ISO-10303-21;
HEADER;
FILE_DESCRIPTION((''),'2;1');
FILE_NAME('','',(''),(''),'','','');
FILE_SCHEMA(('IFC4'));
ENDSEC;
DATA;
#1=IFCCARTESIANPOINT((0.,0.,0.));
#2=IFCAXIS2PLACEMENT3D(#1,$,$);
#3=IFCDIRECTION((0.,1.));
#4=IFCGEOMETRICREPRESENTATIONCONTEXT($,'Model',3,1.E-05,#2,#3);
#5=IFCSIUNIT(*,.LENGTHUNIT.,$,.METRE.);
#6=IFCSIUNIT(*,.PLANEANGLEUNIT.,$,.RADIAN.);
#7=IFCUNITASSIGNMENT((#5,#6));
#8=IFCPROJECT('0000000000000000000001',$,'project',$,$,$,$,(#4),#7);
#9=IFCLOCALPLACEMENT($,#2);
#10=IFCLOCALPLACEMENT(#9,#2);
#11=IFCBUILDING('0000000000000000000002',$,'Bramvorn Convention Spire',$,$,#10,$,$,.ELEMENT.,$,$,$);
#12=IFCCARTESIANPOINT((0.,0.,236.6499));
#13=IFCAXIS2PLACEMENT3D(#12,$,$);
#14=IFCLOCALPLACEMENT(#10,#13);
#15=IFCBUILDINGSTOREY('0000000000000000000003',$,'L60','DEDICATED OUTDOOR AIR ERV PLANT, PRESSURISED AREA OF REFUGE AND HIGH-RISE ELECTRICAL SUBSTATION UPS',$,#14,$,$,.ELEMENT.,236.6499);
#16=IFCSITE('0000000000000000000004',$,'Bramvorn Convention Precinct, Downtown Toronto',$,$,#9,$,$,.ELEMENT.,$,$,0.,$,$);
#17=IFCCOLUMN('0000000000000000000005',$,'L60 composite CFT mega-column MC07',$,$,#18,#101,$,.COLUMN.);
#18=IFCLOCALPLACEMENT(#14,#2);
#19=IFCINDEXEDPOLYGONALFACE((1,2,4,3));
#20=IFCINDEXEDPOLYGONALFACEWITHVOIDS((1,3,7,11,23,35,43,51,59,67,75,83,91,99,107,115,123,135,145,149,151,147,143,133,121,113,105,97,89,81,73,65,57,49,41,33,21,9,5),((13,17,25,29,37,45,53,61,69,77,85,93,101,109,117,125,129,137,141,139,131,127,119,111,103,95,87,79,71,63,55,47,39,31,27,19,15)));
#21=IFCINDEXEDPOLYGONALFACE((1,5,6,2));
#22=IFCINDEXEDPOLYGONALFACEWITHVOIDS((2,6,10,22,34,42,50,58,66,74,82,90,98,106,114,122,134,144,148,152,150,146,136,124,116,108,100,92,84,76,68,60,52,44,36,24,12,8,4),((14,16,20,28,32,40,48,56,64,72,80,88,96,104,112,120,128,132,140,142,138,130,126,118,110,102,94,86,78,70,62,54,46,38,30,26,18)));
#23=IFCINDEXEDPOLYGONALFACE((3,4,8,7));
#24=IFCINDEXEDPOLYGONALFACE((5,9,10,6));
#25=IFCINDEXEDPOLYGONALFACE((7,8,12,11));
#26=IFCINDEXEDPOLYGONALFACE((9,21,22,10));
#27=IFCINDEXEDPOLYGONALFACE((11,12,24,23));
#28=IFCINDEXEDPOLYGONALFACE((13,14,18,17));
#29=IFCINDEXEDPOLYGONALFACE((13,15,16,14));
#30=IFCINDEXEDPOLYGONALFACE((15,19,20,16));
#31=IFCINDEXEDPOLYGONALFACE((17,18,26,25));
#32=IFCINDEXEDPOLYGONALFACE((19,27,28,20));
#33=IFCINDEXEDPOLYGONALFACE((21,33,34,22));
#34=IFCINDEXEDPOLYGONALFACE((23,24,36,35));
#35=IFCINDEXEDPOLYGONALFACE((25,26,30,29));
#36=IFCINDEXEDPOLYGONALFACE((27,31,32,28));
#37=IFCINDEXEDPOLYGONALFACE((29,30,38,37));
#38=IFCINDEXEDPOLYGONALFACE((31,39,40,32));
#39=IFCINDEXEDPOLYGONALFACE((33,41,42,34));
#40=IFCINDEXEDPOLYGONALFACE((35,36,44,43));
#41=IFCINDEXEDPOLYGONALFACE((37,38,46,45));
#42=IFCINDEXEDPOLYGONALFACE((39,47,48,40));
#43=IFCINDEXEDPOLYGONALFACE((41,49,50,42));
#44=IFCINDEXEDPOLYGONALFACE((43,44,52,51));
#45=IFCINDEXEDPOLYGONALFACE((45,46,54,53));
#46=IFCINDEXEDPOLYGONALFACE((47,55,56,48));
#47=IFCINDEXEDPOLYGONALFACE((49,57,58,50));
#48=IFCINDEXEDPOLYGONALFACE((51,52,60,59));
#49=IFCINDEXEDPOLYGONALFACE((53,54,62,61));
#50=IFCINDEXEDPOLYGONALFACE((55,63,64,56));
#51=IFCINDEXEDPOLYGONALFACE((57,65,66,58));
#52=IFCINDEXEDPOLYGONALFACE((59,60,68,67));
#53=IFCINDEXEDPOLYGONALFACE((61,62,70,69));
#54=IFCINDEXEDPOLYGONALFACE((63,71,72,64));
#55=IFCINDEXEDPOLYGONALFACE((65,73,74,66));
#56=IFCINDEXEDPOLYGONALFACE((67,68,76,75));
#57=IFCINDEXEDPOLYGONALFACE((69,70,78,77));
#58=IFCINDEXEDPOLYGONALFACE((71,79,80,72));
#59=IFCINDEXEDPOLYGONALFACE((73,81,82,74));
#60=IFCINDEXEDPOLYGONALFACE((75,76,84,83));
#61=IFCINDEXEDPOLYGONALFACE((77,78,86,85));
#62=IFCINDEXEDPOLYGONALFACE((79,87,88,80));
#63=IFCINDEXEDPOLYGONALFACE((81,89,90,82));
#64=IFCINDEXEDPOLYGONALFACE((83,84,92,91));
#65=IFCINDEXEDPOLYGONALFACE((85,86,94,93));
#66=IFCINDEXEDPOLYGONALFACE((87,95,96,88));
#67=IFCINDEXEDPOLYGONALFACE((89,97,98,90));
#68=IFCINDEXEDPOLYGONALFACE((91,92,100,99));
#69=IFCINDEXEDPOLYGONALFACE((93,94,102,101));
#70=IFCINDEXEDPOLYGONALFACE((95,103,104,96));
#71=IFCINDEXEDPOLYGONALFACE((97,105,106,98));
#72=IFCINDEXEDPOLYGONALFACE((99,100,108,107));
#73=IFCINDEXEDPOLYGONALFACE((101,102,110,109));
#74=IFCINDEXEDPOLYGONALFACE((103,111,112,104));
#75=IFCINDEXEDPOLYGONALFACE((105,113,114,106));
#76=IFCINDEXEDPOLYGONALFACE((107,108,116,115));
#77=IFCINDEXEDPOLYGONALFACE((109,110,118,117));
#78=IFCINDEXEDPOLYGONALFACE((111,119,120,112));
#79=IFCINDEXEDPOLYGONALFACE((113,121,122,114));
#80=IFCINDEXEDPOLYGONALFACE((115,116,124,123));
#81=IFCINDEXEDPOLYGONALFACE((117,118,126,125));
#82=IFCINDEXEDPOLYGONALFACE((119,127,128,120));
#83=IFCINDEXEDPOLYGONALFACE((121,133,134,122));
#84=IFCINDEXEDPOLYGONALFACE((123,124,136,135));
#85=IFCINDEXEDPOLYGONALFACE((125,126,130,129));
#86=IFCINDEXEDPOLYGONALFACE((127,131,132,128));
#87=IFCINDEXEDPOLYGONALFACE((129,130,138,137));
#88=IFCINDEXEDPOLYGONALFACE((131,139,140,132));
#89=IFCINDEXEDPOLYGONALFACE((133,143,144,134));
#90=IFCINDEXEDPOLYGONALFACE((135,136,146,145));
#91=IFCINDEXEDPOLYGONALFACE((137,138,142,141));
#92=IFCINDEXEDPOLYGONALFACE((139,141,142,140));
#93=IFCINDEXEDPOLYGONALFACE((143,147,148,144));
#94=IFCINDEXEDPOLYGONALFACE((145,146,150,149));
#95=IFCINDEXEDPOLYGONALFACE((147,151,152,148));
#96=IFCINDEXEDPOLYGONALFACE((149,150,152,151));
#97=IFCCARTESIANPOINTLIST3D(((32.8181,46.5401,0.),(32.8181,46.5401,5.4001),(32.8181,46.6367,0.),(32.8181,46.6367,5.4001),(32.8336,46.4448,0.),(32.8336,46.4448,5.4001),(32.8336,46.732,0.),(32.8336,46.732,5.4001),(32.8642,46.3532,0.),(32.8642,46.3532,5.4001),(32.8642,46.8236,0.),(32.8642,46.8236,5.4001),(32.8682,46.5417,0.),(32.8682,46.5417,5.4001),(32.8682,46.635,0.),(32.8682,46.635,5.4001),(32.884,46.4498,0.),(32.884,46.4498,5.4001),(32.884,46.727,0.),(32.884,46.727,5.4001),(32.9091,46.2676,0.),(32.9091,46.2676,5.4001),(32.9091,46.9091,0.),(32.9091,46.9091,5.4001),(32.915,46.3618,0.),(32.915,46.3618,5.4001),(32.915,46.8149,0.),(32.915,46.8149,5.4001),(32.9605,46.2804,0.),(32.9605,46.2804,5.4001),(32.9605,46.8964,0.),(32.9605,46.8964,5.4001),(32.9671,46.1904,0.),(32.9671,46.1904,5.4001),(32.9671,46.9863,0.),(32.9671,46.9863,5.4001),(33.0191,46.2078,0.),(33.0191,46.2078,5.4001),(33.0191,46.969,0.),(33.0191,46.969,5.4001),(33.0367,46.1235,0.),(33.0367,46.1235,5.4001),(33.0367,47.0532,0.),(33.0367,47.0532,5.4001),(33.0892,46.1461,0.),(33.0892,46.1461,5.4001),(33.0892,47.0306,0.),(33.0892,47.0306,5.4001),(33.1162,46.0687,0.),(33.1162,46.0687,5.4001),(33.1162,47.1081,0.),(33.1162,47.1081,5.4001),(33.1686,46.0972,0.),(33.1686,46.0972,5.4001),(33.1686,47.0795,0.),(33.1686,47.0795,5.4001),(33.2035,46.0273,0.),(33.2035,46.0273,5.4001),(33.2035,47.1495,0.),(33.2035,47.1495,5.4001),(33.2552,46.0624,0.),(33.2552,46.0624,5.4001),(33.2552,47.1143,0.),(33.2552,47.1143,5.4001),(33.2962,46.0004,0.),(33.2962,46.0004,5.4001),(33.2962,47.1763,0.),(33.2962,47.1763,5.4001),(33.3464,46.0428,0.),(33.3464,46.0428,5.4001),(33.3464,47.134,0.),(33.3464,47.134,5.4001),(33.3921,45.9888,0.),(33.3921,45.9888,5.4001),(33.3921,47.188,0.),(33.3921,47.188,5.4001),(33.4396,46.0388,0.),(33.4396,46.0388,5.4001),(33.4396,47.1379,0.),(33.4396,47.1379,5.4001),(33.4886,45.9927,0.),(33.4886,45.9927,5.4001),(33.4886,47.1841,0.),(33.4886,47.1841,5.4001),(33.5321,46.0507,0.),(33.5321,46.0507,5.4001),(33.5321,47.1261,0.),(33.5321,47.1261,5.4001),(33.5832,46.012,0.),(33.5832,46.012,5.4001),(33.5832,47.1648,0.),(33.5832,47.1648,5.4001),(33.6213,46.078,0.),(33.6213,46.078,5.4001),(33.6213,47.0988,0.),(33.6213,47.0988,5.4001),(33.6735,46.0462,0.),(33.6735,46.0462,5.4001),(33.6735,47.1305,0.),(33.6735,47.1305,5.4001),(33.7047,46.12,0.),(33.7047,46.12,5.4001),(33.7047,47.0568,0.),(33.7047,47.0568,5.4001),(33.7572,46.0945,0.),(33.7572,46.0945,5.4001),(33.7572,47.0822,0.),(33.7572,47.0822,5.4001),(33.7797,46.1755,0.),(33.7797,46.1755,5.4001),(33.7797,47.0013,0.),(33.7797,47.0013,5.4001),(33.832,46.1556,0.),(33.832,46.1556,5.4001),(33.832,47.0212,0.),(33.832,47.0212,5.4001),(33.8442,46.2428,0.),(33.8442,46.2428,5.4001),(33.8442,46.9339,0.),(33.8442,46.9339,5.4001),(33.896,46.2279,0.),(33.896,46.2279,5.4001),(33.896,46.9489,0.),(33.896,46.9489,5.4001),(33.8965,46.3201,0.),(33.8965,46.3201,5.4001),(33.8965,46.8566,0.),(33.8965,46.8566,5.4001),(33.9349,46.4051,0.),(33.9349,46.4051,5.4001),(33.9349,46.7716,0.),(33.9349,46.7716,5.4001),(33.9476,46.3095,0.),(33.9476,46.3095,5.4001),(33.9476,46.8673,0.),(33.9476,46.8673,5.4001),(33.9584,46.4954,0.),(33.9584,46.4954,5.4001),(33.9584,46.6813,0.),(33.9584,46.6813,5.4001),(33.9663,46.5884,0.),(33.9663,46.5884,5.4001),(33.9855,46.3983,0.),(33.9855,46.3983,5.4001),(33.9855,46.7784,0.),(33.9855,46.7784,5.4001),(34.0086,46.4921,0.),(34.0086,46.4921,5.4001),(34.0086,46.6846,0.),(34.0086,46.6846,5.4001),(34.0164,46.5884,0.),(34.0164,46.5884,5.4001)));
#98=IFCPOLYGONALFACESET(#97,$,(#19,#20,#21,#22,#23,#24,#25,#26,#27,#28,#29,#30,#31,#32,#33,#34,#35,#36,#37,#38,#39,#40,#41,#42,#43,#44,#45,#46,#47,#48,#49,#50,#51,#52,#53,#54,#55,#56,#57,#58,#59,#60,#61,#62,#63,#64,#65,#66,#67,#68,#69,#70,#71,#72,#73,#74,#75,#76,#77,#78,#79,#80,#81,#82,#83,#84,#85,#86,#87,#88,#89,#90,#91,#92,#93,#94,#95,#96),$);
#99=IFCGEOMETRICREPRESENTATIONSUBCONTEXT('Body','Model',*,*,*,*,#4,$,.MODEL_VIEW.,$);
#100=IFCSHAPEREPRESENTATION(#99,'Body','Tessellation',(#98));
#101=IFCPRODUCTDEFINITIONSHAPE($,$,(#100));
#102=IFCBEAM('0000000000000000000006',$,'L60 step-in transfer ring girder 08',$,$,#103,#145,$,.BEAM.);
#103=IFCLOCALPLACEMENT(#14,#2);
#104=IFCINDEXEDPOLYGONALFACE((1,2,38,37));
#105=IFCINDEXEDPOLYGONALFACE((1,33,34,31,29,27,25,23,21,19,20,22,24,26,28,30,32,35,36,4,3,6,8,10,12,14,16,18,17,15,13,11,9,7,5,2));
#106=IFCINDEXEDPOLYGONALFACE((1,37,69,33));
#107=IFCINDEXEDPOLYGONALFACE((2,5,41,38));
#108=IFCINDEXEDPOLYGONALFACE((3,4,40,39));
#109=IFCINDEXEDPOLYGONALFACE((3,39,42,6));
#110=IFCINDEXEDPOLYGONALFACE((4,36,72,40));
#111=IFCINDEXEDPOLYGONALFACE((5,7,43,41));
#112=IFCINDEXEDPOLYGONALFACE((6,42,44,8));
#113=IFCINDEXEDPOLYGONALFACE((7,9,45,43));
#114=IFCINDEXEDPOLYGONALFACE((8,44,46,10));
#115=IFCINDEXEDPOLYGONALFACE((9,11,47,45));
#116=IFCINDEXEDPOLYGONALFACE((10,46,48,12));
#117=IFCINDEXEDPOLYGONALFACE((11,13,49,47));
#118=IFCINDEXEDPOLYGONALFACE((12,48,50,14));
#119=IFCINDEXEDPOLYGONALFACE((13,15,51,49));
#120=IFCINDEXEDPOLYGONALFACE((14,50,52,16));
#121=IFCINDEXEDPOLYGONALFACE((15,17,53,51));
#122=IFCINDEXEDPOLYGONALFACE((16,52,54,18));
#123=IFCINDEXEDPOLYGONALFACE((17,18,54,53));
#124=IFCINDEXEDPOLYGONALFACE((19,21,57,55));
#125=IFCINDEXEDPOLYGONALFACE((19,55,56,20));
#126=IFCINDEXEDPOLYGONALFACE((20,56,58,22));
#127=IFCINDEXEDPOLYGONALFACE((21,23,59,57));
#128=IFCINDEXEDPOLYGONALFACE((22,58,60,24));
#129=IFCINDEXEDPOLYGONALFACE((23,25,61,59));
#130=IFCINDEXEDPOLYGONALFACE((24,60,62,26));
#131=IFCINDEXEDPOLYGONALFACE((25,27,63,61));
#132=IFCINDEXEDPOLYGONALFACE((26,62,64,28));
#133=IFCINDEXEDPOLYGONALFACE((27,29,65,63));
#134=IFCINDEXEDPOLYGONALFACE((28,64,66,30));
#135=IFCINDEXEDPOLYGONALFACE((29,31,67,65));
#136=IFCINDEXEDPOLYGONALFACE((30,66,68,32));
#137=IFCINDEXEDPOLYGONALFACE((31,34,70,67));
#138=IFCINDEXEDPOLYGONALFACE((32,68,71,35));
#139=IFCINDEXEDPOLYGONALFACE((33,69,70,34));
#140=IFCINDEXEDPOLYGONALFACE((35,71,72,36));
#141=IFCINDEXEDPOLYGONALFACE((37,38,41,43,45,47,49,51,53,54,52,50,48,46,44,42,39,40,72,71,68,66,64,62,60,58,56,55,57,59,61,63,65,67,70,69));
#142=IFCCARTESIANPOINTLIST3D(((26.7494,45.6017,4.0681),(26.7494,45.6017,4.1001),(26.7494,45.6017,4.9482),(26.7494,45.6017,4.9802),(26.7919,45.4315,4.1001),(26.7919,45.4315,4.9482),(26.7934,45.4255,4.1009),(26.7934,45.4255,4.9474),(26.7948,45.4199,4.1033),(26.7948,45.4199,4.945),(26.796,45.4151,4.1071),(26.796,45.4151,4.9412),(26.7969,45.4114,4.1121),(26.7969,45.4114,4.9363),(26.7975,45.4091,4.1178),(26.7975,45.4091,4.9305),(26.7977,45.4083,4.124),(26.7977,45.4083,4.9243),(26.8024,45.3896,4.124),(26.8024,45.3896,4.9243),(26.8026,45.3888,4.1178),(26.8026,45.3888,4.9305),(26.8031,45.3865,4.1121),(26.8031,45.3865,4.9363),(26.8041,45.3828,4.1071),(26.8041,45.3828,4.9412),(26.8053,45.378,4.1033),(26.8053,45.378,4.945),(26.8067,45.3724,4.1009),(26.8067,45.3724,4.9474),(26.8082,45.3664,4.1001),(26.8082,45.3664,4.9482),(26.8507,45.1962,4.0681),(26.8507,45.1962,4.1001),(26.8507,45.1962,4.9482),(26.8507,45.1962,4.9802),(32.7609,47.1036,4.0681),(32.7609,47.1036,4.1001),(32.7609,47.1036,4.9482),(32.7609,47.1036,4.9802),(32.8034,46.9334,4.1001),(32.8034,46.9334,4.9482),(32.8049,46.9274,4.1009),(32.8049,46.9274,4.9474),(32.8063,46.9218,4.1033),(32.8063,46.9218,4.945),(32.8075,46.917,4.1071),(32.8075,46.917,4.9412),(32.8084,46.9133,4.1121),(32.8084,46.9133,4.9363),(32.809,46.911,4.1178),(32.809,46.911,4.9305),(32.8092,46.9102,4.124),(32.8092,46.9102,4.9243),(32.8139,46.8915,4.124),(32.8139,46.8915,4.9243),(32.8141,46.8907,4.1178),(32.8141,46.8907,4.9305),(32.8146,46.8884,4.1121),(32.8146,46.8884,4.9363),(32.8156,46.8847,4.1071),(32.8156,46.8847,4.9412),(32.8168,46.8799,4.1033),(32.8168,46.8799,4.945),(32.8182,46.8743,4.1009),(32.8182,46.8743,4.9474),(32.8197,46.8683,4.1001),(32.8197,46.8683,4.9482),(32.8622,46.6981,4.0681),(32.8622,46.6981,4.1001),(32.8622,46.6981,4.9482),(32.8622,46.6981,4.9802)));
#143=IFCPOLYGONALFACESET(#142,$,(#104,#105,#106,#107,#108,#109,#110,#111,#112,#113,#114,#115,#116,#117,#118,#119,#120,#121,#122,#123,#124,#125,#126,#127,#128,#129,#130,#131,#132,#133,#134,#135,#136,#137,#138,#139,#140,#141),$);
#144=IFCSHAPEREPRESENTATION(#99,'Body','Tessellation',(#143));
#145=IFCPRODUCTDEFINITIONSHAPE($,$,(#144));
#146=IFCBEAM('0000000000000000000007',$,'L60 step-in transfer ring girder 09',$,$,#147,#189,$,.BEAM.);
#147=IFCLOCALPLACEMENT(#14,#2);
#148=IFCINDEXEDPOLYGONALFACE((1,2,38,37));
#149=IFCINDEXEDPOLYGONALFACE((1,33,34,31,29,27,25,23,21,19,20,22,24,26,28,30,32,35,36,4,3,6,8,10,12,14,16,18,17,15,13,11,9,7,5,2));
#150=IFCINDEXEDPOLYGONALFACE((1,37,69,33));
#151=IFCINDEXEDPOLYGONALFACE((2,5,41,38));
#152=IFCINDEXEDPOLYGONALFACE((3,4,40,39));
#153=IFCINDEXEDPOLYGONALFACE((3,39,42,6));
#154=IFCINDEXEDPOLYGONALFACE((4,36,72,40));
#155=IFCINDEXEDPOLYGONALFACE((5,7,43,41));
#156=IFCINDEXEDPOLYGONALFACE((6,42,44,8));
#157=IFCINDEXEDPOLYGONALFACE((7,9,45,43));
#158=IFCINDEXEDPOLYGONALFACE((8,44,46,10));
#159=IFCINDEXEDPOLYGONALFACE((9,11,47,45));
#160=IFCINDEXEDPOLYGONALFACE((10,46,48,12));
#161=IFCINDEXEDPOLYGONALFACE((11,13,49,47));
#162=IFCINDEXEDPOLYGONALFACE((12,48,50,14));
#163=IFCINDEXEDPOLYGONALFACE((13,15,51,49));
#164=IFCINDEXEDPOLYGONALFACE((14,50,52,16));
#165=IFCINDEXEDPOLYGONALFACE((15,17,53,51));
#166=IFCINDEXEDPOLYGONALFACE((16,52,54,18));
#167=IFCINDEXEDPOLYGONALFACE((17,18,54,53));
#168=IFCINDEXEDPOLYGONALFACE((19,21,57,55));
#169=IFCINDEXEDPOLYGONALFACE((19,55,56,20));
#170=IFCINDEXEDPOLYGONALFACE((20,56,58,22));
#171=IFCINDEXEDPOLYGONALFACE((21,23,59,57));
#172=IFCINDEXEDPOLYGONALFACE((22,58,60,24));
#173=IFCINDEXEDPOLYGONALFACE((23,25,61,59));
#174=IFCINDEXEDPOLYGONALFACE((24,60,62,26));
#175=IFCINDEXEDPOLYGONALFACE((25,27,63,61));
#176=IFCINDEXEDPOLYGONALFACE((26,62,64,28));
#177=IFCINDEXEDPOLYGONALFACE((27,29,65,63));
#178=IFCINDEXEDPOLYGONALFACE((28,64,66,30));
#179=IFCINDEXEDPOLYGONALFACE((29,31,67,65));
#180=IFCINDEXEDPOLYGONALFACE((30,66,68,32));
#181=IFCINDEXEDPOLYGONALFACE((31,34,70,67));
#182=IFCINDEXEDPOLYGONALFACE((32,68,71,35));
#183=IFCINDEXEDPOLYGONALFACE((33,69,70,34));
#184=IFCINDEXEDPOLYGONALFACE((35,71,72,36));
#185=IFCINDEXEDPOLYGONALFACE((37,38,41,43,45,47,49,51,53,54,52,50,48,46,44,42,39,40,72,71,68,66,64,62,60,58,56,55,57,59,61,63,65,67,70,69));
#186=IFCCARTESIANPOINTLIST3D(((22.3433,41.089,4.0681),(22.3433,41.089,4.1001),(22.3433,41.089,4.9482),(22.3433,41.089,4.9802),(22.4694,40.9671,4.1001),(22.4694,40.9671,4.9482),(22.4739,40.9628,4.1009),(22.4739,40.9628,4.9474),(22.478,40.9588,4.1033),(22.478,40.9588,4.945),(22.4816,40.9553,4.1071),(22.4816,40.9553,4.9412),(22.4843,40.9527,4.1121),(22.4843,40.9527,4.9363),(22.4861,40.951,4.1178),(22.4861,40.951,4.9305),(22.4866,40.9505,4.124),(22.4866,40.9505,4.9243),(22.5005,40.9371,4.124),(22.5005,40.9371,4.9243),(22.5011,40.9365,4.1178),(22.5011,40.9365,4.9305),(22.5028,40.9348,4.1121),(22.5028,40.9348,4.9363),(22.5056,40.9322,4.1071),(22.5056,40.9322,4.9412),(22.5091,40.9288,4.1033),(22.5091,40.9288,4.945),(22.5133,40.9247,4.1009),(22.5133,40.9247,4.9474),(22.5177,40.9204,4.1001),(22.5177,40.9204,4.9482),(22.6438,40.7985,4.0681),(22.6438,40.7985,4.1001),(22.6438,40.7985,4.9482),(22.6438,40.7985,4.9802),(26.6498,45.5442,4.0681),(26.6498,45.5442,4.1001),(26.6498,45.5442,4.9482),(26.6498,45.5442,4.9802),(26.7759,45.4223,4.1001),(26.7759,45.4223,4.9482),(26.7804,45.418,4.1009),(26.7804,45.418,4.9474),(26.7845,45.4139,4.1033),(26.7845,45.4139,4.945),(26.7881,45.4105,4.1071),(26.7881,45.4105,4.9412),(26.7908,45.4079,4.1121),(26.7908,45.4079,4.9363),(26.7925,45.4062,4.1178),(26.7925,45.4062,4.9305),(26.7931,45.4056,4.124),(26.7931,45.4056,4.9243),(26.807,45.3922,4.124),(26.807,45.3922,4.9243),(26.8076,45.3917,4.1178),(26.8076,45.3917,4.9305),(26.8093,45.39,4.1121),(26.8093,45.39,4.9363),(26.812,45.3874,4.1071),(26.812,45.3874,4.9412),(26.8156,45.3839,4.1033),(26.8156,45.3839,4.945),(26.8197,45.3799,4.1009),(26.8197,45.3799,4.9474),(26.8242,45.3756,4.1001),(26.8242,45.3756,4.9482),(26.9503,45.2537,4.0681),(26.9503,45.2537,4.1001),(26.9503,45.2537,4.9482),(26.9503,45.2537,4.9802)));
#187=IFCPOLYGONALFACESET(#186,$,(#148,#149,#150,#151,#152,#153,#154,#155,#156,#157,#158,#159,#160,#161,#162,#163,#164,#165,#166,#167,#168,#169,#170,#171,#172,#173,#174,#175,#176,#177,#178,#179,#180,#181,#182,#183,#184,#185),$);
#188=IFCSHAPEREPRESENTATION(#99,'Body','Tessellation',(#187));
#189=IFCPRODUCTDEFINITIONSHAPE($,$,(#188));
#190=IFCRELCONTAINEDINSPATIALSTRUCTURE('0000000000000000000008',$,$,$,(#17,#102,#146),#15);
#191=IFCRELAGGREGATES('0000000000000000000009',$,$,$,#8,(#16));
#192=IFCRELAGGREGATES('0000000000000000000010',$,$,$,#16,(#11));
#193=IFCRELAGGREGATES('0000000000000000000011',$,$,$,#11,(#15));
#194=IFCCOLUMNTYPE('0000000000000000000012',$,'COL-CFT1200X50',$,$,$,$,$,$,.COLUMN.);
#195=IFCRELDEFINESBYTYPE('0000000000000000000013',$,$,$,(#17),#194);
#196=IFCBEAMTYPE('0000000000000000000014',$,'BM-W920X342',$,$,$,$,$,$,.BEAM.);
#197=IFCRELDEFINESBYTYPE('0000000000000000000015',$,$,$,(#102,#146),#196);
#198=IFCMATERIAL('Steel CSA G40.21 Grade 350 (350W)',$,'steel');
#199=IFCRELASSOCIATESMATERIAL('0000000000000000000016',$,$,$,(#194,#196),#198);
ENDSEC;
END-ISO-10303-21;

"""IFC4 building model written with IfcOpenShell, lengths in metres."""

from ifc_helpers import new_model, si_unit, direction, frame, origin, origin_2d, place, context, subcontext, project, spatial, hollow_circle, i_section, extrude, material, material_profile, profile_set, type_object, element, save


model = new_model("IFC4")

# Units and contexts
model_context = context("Model", 3, precision=1e-05, world=origin(), true_north=direction((0.0, 1.0)))
body_context = subcontext(model_context, "Body", "Model", "MODEL_VIEW")
ifc_project = project(units=[si_unit("LENGTHUNIT", "METRE"), si_unit("PLANEANGLEUNIT", "RADIAN")], contexts=[model_context])

# Site, building, storey
site_placement = place(None, origin())
site = spatial("IfcSite", under=ifc_project, at=site_placement, Name="Bramvorn Convention Precinct, Downtown Toronto", CompositionType="ELEMENT", RefElevation=0.0)
building_placement = place(site_placement, origin())
building = spatial("IfcBuilding", under=site, at=building_placement, Name="Bramvorn Convention Spire", CompositionType="ELEMENT")
storey_placement = place(building_placement, frame((0.0, 0.0, 236.6499)))
storey = spatial("IfcBuildingStorey", under=building, at=storey_placement, Name="L60", Description="DEDICATED OUTDOOR AIR ERV PLANT, PRESSURISED AREA OF REFUGE AND HIGH-RISE ELECTRICAL SUBSTATION UPS", CompositionType="ELEMENT", Elevation=236.6499)

# Column
ifc_material_1 = material(Name="Steel CSA G40.21 Grade 350 (350W)", Category="steel")
ifc_material_profile_1 = material_profile(ifc_material_1, hollow_circle(Radius=0.6001, WallThickness=0.05, at=origin_2d()))
ifc_profile_set_1 = profile_set([ifc_material_profile_1], Name="Steel CSA G40.21 Grade 350 (350W) - CFT1200X50")
column_type = type_object("IfcColumnType", Name="COL-CFT1200X50", PredefinedType="COLUMN", material=ifc_profile_set_1)
column_placement = place(storey_placement, frame((33.4163, 46.5884, 0.0), z_axis=(0.0, 0.0, 1.0), x_axis=(1.0, 0.0, 0.0)))
element("IfcColumn", 1, at=column_placement, inside=storey, type_object=column_type, Name="L60 composite CFT mega-column MC07", PredefinedType="COLUMN", context=body_context, shape_type="SweptSolid", body=[
    extrude(hollow_circle(Radius=0.6001, WallThickness=0.05, at=origin_2d()), origin(), (0.0, 0.0, 1.0), 5.4001),
])

# Beams
ifc_material_profile_2 = material_profile(ifc_material_1, i_section(OverallWidth=0.418, OverallDepth=0.9121, WebThickness=0.0193, FlangeThickness=0.032, FilletRadius=0.0239, at=origin_2d()))
ifc_profile_set_2 = profile_set([ifc_material_profile_2], Name="Steel CSA G40.21 Grade 350 (350W) - W920X342")
beam_type = type_object("IfcBeamType", Name="BM-W920X342", PredefinedType="BEAM", material=ifc_profile_set_2)
for number, where, z_axis, x_axis, name in (
    (2, (32.8115, 46.9009, 4.5242), (-0.970177, -0.242397, 0.0), (0.242397, -0.970177, 0.0), "L60 step-in transfer ring girder 08"),
    (3, (26.8, 45.3989, 4.5242), (-0.695007, -0.719003, 0.0), (0.719003, -0.695007, 0.0), "L60 step-in transfer ring girder 09"),
):
    element("IfcBeam", number, at=place(storey_placement, frame(where, z_axis=z_axis, x_axis=x_axis)), inside=storey, type_object=beam_type, Name=name, PredefinedType="BEAM", context=body_context, shape_type="SweptSolid", body=[
        extrude(i_section(OverallWidth=0.418, OverallDepth=0.9121, WebThickness=0.0193, FlangeThickness=0.032, FilletRadius=0.0239, at=origin_2d()), origin(), (0.0, 0.0, 1.0), 6.1963),
    ])

save(model, "model.ifc")
